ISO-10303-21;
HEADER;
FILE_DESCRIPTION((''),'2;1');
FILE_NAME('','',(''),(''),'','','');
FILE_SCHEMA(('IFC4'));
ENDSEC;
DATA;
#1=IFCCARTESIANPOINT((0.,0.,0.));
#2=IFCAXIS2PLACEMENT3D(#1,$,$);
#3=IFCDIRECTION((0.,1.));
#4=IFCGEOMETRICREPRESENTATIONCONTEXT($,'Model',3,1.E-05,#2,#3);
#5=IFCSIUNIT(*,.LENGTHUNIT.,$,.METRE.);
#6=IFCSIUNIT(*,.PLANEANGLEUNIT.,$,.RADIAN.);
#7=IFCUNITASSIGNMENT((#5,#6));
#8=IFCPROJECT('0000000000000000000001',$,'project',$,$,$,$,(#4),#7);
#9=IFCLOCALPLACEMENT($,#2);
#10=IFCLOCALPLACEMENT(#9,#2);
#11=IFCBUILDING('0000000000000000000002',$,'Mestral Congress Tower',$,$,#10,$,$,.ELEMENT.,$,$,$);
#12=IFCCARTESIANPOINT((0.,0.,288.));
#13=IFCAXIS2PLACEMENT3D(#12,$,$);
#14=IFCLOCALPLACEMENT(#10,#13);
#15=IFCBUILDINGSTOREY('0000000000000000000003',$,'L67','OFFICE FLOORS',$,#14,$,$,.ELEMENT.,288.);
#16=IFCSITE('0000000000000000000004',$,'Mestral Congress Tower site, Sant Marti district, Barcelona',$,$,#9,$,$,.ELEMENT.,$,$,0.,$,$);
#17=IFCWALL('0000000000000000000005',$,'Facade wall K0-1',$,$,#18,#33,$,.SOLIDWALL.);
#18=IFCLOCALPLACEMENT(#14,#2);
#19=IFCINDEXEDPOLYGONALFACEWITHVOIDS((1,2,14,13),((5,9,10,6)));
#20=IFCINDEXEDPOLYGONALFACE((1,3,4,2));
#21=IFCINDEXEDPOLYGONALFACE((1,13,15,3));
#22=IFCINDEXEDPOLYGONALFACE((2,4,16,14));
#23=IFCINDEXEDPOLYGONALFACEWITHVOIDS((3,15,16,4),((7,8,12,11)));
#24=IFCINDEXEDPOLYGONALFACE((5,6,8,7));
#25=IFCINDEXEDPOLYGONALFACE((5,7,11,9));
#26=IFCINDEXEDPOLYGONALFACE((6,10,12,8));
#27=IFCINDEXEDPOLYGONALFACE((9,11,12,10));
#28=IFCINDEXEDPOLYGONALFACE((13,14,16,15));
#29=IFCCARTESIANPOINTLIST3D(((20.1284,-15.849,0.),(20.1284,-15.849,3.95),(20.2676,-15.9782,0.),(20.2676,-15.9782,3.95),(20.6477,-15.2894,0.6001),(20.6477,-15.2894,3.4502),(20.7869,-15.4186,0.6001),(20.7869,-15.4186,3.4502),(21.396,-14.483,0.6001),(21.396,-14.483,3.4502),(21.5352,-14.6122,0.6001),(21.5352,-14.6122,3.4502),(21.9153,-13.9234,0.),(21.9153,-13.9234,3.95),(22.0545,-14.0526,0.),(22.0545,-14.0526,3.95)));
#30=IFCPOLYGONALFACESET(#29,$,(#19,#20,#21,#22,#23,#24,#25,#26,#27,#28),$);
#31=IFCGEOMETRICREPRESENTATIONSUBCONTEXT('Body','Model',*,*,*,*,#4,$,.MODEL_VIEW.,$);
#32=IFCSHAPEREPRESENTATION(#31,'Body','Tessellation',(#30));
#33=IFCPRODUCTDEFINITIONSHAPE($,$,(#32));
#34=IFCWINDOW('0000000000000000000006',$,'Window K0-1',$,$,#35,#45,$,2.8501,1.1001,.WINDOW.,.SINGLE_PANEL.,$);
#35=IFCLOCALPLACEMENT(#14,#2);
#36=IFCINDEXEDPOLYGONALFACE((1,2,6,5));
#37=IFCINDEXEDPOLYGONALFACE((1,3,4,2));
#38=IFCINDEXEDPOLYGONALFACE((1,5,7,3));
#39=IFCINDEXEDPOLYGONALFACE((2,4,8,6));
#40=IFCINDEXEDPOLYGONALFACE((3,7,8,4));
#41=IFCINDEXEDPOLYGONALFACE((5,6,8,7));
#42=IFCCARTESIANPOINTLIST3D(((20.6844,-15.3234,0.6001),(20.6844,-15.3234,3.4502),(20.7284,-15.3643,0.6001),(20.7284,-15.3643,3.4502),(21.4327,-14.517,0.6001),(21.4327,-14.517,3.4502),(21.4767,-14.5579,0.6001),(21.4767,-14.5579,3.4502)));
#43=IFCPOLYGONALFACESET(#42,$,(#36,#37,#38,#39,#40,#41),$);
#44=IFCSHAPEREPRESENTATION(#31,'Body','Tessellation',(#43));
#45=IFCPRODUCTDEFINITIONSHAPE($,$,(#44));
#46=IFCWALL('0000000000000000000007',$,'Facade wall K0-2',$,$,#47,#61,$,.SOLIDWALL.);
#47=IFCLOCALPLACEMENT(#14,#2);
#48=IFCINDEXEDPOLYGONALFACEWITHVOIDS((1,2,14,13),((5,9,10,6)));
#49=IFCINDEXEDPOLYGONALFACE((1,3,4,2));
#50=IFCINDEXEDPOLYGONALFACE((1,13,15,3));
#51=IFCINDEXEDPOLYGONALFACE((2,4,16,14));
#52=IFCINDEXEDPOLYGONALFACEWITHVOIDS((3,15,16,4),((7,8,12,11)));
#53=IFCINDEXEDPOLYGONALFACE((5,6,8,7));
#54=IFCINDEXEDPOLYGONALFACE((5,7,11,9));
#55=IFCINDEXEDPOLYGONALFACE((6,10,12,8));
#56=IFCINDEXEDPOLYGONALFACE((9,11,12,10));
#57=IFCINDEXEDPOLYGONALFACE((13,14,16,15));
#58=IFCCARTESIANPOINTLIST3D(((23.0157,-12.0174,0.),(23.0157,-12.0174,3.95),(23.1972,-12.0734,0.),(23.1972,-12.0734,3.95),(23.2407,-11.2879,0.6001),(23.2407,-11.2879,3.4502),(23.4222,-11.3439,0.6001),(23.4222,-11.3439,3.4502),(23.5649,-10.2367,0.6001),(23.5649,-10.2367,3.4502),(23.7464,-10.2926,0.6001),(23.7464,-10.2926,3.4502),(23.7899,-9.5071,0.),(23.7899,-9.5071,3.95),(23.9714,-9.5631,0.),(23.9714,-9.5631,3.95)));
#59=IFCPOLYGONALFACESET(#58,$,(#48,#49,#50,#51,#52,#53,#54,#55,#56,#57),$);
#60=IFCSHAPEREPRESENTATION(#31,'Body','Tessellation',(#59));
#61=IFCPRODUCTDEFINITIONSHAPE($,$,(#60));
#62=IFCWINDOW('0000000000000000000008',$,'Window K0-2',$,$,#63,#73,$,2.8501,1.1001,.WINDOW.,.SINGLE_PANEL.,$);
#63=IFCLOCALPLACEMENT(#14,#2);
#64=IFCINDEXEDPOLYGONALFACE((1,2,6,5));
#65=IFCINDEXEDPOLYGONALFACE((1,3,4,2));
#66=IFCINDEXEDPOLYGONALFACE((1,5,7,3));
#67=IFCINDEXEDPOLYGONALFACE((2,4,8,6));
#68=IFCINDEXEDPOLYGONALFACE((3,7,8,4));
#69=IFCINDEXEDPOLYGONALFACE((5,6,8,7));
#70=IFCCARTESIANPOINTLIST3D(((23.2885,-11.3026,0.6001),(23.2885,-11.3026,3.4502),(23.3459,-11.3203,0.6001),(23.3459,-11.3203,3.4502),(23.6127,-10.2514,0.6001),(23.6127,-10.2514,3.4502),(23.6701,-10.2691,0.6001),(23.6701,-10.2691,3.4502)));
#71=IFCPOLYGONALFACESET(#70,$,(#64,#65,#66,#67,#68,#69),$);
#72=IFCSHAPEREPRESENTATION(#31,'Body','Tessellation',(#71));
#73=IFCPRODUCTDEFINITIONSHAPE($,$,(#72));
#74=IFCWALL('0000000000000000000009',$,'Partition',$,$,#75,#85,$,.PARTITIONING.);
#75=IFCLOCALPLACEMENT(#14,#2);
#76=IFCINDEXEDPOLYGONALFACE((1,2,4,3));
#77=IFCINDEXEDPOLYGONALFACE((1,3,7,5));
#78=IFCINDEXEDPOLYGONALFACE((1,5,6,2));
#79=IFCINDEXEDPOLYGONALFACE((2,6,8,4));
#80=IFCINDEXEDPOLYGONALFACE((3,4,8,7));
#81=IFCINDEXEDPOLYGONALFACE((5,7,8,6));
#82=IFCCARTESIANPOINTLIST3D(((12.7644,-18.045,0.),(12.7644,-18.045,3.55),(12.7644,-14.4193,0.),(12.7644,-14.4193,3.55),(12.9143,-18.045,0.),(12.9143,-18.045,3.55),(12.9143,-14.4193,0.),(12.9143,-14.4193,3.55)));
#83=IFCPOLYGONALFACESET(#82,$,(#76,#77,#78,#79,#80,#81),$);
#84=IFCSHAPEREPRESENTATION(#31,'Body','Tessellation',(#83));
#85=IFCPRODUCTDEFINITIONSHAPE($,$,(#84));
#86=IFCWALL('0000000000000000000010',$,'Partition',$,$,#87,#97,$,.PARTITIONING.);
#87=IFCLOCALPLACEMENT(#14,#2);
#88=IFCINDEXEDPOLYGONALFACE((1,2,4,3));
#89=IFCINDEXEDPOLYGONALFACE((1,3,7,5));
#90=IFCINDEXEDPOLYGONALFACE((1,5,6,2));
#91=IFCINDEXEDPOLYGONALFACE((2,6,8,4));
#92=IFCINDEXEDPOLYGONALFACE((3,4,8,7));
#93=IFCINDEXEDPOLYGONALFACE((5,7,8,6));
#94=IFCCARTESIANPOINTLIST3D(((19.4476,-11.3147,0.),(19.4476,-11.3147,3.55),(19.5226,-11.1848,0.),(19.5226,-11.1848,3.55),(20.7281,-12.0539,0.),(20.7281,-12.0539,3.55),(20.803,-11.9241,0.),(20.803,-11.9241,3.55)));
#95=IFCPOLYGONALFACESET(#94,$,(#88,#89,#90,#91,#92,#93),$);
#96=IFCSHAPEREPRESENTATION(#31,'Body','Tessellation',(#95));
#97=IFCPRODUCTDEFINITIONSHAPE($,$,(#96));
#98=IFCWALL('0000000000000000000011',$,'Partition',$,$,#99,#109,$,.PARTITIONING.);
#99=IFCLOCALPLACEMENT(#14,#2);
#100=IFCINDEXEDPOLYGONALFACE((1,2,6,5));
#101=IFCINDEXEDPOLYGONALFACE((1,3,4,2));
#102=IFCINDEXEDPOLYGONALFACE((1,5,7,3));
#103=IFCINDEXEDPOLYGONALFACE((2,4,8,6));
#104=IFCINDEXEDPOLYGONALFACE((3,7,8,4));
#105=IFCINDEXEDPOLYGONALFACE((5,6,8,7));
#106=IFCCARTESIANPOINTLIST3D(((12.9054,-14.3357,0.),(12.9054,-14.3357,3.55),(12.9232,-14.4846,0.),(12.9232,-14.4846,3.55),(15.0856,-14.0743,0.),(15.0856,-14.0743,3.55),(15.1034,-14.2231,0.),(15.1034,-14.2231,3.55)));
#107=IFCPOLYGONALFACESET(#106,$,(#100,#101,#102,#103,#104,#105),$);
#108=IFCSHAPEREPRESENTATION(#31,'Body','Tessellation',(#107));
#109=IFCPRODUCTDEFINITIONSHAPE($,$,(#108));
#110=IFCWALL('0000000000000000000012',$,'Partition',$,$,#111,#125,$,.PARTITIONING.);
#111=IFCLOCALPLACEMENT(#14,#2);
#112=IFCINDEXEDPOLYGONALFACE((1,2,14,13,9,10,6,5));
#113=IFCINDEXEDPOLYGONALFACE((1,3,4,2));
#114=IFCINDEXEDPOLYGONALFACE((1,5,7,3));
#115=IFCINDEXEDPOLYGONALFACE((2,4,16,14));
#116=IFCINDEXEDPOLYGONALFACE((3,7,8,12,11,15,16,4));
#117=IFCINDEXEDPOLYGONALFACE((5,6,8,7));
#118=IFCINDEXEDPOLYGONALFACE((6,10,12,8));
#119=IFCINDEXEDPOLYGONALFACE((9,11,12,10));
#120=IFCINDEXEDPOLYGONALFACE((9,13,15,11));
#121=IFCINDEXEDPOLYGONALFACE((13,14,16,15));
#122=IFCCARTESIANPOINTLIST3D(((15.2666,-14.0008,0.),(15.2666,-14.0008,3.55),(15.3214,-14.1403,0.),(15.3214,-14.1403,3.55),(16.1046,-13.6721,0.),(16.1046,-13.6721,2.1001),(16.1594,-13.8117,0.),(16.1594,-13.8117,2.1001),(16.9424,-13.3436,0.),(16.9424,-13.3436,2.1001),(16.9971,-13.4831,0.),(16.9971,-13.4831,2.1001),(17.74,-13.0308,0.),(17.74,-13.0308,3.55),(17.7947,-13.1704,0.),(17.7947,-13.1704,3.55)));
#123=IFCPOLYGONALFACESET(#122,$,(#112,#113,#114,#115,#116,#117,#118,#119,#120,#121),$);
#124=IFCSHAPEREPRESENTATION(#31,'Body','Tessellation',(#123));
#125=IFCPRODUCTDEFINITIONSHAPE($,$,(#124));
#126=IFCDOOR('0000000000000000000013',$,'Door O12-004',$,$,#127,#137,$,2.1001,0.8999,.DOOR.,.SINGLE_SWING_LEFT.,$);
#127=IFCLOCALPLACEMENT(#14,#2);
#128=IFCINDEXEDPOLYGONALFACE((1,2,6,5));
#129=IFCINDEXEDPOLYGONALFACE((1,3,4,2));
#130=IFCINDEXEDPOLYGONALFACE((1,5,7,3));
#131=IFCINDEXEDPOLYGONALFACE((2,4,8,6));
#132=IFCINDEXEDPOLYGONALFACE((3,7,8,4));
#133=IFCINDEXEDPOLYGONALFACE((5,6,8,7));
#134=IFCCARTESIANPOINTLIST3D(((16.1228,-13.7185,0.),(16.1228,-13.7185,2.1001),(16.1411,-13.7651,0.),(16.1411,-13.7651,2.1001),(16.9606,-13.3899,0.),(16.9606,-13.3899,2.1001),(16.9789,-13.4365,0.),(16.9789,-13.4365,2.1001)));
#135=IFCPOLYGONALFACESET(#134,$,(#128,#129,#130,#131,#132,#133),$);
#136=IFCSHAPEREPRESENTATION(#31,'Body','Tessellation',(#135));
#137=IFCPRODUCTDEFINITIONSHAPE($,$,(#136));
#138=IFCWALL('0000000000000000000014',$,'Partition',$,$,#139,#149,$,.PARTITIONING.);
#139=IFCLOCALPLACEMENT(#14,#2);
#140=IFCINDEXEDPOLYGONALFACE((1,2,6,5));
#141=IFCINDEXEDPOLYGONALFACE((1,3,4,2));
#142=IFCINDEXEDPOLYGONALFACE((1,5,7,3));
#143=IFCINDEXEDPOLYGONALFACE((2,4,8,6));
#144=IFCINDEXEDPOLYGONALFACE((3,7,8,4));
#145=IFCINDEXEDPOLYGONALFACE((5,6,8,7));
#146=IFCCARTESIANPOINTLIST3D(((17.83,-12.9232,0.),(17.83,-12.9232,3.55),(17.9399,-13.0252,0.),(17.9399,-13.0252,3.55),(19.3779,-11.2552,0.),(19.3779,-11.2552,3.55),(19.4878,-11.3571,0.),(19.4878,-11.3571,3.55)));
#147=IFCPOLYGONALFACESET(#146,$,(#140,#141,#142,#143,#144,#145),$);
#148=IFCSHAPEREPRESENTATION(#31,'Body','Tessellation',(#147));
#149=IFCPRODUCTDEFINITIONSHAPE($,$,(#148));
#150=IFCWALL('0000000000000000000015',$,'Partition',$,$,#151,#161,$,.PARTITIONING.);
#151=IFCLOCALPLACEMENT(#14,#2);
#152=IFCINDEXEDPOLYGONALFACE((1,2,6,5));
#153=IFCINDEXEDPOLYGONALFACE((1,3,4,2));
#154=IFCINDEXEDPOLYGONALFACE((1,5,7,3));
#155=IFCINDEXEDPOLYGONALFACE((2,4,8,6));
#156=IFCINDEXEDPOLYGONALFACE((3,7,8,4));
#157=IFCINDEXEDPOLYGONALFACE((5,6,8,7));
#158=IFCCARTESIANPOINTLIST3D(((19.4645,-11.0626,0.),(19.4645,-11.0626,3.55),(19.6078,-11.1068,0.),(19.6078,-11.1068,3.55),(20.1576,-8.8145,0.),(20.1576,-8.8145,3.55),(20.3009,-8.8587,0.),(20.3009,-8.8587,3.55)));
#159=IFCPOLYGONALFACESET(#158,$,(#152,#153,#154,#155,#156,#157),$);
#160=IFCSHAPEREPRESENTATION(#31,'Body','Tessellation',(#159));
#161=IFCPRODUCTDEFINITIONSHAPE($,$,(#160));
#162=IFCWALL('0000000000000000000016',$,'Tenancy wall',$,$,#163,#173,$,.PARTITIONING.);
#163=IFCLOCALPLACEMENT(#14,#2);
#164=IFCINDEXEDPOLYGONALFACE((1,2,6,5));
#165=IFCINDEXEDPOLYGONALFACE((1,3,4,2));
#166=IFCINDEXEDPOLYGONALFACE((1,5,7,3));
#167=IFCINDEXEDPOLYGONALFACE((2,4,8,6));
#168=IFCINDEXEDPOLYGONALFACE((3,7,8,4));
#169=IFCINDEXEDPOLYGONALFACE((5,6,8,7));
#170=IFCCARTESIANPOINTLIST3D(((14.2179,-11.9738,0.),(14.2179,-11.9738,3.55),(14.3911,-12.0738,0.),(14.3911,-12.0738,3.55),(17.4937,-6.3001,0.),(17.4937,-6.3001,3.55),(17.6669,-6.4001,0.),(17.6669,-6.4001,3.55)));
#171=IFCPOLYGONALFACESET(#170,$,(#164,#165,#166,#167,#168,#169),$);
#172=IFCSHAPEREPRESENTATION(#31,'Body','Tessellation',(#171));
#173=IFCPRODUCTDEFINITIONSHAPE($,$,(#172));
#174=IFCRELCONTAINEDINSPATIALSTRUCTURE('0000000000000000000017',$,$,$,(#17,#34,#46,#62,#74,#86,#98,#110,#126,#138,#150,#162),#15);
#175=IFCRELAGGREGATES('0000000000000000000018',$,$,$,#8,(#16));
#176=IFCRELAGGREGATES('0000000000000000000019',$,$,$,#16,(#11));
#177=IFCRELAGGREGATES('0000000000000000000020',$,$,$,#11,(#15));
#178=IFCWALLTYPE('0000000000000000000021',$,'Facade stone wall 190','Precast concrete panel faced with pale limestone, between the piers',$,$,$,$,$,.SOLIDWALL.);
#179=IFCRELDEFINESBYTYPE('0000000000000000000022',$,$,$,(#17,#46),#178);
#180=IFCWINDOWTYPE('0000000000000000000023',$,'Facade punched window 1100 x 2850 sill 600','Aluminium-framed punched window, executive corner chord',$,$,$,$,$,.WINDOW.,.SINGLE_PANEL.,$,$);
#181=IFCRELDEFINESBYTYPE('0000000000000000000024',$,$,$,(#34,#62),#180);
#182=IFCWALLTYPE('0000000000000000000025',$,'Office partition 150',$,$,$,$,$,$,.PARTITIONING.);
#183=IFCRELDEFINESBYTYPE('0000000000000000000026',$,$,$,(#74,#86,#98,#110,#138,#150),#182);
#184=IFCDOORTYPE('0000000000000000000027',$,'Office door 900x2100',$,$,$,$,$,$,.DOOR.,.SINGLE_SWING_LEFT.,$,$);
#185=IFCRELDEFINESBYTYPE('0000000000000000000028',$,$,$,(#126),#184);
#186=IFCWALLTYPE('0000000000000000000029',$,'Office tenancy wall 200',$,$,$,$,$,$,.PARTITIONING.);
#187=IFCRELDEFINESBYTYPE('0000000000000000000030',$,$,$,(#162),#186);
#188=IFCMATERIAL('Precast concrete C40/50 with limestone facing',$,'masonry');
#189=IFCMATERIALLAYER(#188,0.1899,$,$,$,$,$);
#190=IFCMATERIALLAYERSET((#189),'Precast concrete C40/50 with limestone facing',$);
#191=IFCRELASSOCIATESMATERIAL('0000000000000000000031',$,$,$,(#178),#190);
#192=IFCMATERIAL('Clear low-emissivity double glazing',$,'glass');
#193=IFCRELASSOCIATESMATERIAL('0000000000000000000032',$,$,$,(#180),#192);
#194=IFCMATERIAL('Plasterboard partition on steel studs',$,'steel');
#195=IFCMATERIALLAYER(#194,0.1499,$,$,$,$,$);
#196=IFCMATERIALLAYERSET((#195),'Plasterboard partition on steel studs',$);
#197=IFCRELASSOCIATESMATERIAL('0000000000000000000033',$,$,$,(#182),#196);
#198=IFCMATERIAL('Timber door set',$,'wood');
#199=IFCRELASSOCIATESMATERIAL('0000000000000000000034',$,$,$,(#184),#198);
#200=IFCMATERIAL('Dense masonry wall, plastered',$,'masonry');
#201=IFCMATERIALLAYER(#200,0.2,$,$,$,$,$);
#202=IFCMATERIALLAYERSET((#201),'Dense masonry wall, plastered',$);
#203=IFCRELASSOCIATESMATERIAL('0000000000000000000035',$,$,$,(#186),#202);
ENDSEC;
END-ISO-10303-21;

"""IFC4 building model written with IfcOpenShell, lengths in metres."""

from ifc_helpers import new_model, si_unit, direction, frame, frame_2d, origin, place, context, subcontext, project, spatial, rectangle, extrude, material, layer, layer_set, type_object, element, fill, save


model = new_model("IFC4")

# Units and contexts
model_context = context("Model", 3, precision=1e-05, world=origin(), true_north=direction((0.0, 1.0)))
body_context = subcontext(model_context, "Body", "Model", "MODEL_VIEW")
ifc_project = project(units=[si_unit("LENGTHUNIT", "METRE"), si_unit("PLANEANGLEUNIT", "RADIAN")], contexts=[model_context])

# Site, building, storey
site_placement = place(None, origin())
site = spatial("IfcSite", under=ifc_project, at=site_placement, Name="Mestral Congress Tower site, Sant Marti district, Barcelona", CompositionType="ELEMENT", RefElevation=0.0)
building_placement = place(site_placement, origin())
building = spatial("IfcBuilding", under=site, at=building_placement, Name="Mestral Congress Tower", CompositionType="ELEMENT")
storey_placement = place(building_placement, frame((0.0, 0.0, 288.0)))
storey = spatial("IfcBuildingStorey", under=building, at=storey_placement, Name="L67", Description="OFFICE FLOORS", CompositionType="ELEMENT", Elevation=288.0)

# Walls, openings, windows
ifc_material_1 = material(Name="Precast concrete C40/50 with limestone facing", Category="masonry")
ifc_layer_1 = layer(ifc_material_1, 0.1899)
ifc_layer_set_1 = layer_set([ifc_layer_1], Name="Precast concrete C40/50 with limestone facing")
wall_type_1 = type_object("IfcWallType", Name="Facade stone wall 190", Description="Precast concrete panel faced with pale limestone, between the piers", PredefinedType="SOLIDWALL", material=ifc_layer_set_1)
ifc_material_2 = material(Name="Clear low-emissivity double glazing", Category="glass")
window_type = type_object("IfcWindowType", Name="Facade punched window 1100 x 2850 sill 600", Description="Aluminium-framed punched window, executive corner chord", PartitioningType="SINGLE_PANEL", PredefinedType="WINDOW", material=ifc_material_2)
wall_1_placement = place(storey_placement, frame((20.198, -15.9136, 0.0), z_axis=(0.0, 0.0, 1.0), x_axis=(0.680219, 0.733009, 0.0)))
wall_1 = element("IfcWall", 1, at=wall_1_placement, inside=storey, type_object=wall_type_1, Name="Facade wall K0-1", PredefinedType="SOLIDWALL", context=body_context, shape_type="SweptSolid", body=[
    extrude(rectangle(XDim=2.627, YDim=0.1899, at=frame_2d((1.3135, 0.0))), origin(), (0.0, 0.0, 1.0), 3.95),
])
opening_1_placement = place(wall_1_placement, frame((0.7634, 0.0, 0.6001)))
opening_1 = element("IfcOpeningElement", 2, at=opening_1_placement, cuts=wall_1, PredefinedType="OPENING", context=body_context, shape_type="SweptSolid", body=[
    extrude(rectangle(XDim=1.1001, YDim=2.8501, at=frame_2d((0.55, 1.425))), frame((0.0, 0.105, 0.0), z_axis=(0.0, -1.0, 0.0), x_axis=(1.0, 0.0, 0.0)), (0.0, 0.0, 1.0), 0.21),
])
window_1_placement = place(opening_1_placement, origin())
window_1 = element("IfcWindow", 3, at=window_1_placement, inside=storey, type_object=window_type, Name="Window K0-1", OverallHeight=2.8501, OverallWidth=1.1001, PartitioningType="SINGLE_PANEL", PredefinedType="WINDOW", context=body_context, shape_type="SweptSolid", body=[
    extrude(rectangle(XDim=1.1001, YDim=2.8501, at=frame_2d((0.55, 1.425))), frame((0.0, 0.0449, 0.0), z_axis=(0.0, -1.0, 0.0), x_axis=(1.0, 0.0, 0.0)), (0.0, 0.0, 1.0), 0.0601),
])
fill(opening_1, window_1)
wall_2_placement = place(storey_placement, frame((23.1064, -12.0454, 0.0), z_axis=(0.0, 0.0, 1.0), x_axis=(0.294706, 0.955588, 0.0)))
wall_2 = element("IfcWall", 4, at=wall_2_placement, inside=storey, type_object=wall_type_1, Name="Facade wall K0-2", PredefinedType="SOLIDWALL", context=body_context, shape_type="SweptSolid", body=[
    extrude(rectangle(XDim=2.627, YDim=0.1899, at=frame_2d((1.3135, 0.0))), origin(), (0.0, 0.0, 1.0), 3.95),
])
opening_2_placement = place(wall_2_placement, frame((0.7634, 0.0, 0.6001)))
opening_2 = element("IfcOpeningElement", 5, at=opening_2_placement, cuts=wall_2, PredefinedType="OPENING", context=body_context, shape_type="SweptSolid", body=[
    extrude(rectangle(XDim=1.1001, YDim=2.8501, at=frame_2d((0.55, 1.425))), frame((0.0, 0.105, 0.0), z_axis=(0.0, -1.0, 0.0), x_axis=(1.0, 0.0, 0.0)), (0.0, 0.0, 1.0), 0.21),
])
window_2_placement = place(opening_2_placement, origin())
window_2 = element("IfcWindow", 6, at=window_2_placement, inside=storey, type_object=window_type, Name="Window K0-2", OverallHeight=2.8501, OverallWidth=1.1001, PartitioningType="SINGLE_PANEL", PredefinedType="WINDOW", context=body_context, shape_type="SweptSolid", body=[
    extrude(rectangle(XDim=1.1001, YDim=2.8501, at=frame_2d((0.55, 1.425))), frame((0.0, 0.0449, 0.0), z_axis=(0.0, -1.0, 0.0), x_axis=(1.0, 0.0, 0.0)), (0.0, 0.0, 1.0), 0.0601),
])
fill(opening_2, window_2)

# Walls
ifc_material_3 = material(Name="Plasterboard partition on steel studs", Category="steel")
ifc_layer_2 = layer(ifc_material_3, 0.1499)
ifc_layer_set_2 = layer_set([ifc_layer_2], Name="Plasterboard partition on steel studs")
wall_type_2 = type_object("IfcWallType", Name="Office partition 150", PredefinedType="PARTITIONING", material=ifc_layer_set_2)
wall_3_placement = place(storey_placement, frame((12.8394, -14.4192, 0.0), z_axis=(0.0, 0.0, 1.0), x_axis=(0.0, -1.0, 0.0)))
element("IfcWall", 7, at=wall_3_placement, inside=storey, type_object=wall_type_2, Name="Partition", PredefinedType="PARTITIONING", context=body_context, shape_type="SweptSolid", body=[
    extrude(rectangle(XDim=3.6257, YDim=0.1499, at=frame_2d((1.813, 0.0))), origin(), (0.0, 0.0, 1.0), 3.55),
])
wall_4_placement = place(storey_placement, frame((19.4851, -11.2498, 0.0), z_axis=(0.0, 0.0, 1.0), x_axis=(0.86604, -0.499975, 0.0)))
element("IfcWall", 8, at=wall_4_placement, inside=storey, type_object=wall_type_2, Name="Partition", PredefinedType="PARTITIONING", context=body_context, shape_type="SweptSolid", body=[
    extrude(rectangle(XDim=1.4785, YDim=0.1499, at=frame_2d((0.7393, 0.0))), origin(), (0.0, 0.0, 1.0), 3.55),
])
wall_5_placement = place(storey_placement, frame((12.9143, -14.4102, 0.0), z_axis=(0.0, 0.0, 1.0), x_axis=(0.992885, 0.119079, 0.0)))
element("IfcWall", 9, at=wall_5_placement, inside=storey, type_object=wall_type_2, Name="Partition", PredefinedType="PARTITIONING", context=body_context, shape_type="SweptSolid", body=[
    extrude(rectangle(XDim=2.1958, YDim=0.1499, at=frame_2d((1.0979, 0.0))), origin(), (0.0, 0.0, 1.0), 3.55),
])

# Wall, opening, door
wall_6_placement = place(storey_placement, frame((17.7673, -13.1006, 0.0), z_axis=(0.0, 0.0, 1.0), x_axis=(-0.930971, -0.365092, 0.0)))
wall_6 = element("IfcWall", 10, at=wall_6_placement, inside=storey, type_object=wall_type_2, Name="Partition", PredefinedType="PARTITIONING", context=body_context, shape_type="SweptSolid", body=[
    extrude(rectangle(XDim=2.6567, YDim=0.1499, at=frame_2d((1.3284, 0.0))), origin(), (0.0, 0.0, 1.0), 3.55),
])
opening_3_placement = place(wall_6_placement, frame((0.8567, 0.0, 0.0)))
opening_3 = element("IfcOpeningElement", 11, at=opening_3_placement, cuts=wall_6, PredefinedType="OPENING", context=body_context, shape_type="SweptSolid", body=[
    extrude(rectangle(XDim=0.8999, YDim=2.1001, at=frame_2d((0.45, 1.05))), frame((0.0, 0.085, 0.0), z_axis=(0.0, -1.0, 0.0), x_axis=(1.0, 0.0, 0.0)), (0.0, 0.0, 1.0), 0.1699),
])
ifc_material_4 = material(Name="Timber door set", Category="wood")
door_type = type_object("IfcDoorType", Name="Office door 900x2100", OperationType="SINGLE_SWING_LEFT", PredefinedType="DOOR", material=ifc_material_4)
door_placement = place(opening_3_placement, origin())
door = element("IfcDoor", 12, at=door_placement, inside=storey, type_object=door_type, Name="Door O12-004", OperationType="SINGLE_SWING_LEFT", OverallHeight=2.1001, OverallWidth=0.8999, PredefinedType="DOOR", context=body_context, shape_type="SweptSolid", body=[
    extrude(rectangle(XDim=0.8999, YDim=2.1001, at=frame_2d((0.45, 1.05))), frame((0.0, 0.0249, 0.0), z_axis=(0.0, -1.0, 0.0), x_axis=(1.0, 0.0, 0.0)), (0.0, 0.0, 1.0), 0.05),
])
fill(opening_3, door)

# Walls
wall_7_placement = place(storey_placement, frame((17.885, -12.9741, 0.0), z_axis=(0.0, 0.0, 1.0), x_axis=(0.680221, 0.733007, 0.0)))
element("IfcWall", 13, at=wall_7_placement, inside=storey, type_object=wall_type_2, Name="Partition", PredefinedType="PARTITIONING", context=body_context, shape_type="SweptSolid", body=[
    extrude(rectangle(XDim=2.2756, YDim=0.1499, at=frame_2d((1.1377, 0.0))), origin(), (0.0, 0.0, 1.0), 3.55),
])
wall_8_placement = place(storey_placement, frame((19.5361, -11.0847, 0.0), z_axis=(0.0, 0.0, 1.0), x_axis=(0.294633, 0.955611, 0.0)))
element("IfcWall", 14, at=wall_8_placement, inside=storey, type_object=wall_type_2, Name="Partition", PredefinedType="PARTITIONING", context=body_context, shape_type="SweptSolid", body=[
    extrude(rectangle(XDim=2.3525, YDim=0.1499, at=frame_2d((1.1763, 0.0))), origin(), (0.0, 0.0, 1.0), 3.55),
])
ifc_material_5 = material(Name="Dense masonry wall, plastered", Category="masonry")
ifc_layer_3 = layer(ifc_material_5, 0.2)
ifc_layer_set_3 = layer_set([ifc_layer_3], Name="Dense masonry wall, plastered")
wall_type_3 = type_object("IfcWallType", Name="Office tenancy wall 200", PredefinedType="PARTITIONING", material=ifc_layer_set_3)
wall_9_placement = place(storey_placement, frame((14.3044, -12.0239, 0.0), z_axis=(0.0, 0.0, 1.0), x_axis=(0.500011, 0.866019, 0.0)))
element("IfcWall", 15, at=wall_9_placement, inside=storey, type_object=wall_type_3, Name="Tenancy wall", PredefinedType="PARTITIONING", context=body_context, shape_type="SweptSolid", body=[
    extrude(rectangle(XDim=6.5515, YDim=0.2, at=frame_2d((3.2759, 0.0))), origin(), (0.0, 0.0, 1.0), 3.55),
])

save(model, "model.ifc")
